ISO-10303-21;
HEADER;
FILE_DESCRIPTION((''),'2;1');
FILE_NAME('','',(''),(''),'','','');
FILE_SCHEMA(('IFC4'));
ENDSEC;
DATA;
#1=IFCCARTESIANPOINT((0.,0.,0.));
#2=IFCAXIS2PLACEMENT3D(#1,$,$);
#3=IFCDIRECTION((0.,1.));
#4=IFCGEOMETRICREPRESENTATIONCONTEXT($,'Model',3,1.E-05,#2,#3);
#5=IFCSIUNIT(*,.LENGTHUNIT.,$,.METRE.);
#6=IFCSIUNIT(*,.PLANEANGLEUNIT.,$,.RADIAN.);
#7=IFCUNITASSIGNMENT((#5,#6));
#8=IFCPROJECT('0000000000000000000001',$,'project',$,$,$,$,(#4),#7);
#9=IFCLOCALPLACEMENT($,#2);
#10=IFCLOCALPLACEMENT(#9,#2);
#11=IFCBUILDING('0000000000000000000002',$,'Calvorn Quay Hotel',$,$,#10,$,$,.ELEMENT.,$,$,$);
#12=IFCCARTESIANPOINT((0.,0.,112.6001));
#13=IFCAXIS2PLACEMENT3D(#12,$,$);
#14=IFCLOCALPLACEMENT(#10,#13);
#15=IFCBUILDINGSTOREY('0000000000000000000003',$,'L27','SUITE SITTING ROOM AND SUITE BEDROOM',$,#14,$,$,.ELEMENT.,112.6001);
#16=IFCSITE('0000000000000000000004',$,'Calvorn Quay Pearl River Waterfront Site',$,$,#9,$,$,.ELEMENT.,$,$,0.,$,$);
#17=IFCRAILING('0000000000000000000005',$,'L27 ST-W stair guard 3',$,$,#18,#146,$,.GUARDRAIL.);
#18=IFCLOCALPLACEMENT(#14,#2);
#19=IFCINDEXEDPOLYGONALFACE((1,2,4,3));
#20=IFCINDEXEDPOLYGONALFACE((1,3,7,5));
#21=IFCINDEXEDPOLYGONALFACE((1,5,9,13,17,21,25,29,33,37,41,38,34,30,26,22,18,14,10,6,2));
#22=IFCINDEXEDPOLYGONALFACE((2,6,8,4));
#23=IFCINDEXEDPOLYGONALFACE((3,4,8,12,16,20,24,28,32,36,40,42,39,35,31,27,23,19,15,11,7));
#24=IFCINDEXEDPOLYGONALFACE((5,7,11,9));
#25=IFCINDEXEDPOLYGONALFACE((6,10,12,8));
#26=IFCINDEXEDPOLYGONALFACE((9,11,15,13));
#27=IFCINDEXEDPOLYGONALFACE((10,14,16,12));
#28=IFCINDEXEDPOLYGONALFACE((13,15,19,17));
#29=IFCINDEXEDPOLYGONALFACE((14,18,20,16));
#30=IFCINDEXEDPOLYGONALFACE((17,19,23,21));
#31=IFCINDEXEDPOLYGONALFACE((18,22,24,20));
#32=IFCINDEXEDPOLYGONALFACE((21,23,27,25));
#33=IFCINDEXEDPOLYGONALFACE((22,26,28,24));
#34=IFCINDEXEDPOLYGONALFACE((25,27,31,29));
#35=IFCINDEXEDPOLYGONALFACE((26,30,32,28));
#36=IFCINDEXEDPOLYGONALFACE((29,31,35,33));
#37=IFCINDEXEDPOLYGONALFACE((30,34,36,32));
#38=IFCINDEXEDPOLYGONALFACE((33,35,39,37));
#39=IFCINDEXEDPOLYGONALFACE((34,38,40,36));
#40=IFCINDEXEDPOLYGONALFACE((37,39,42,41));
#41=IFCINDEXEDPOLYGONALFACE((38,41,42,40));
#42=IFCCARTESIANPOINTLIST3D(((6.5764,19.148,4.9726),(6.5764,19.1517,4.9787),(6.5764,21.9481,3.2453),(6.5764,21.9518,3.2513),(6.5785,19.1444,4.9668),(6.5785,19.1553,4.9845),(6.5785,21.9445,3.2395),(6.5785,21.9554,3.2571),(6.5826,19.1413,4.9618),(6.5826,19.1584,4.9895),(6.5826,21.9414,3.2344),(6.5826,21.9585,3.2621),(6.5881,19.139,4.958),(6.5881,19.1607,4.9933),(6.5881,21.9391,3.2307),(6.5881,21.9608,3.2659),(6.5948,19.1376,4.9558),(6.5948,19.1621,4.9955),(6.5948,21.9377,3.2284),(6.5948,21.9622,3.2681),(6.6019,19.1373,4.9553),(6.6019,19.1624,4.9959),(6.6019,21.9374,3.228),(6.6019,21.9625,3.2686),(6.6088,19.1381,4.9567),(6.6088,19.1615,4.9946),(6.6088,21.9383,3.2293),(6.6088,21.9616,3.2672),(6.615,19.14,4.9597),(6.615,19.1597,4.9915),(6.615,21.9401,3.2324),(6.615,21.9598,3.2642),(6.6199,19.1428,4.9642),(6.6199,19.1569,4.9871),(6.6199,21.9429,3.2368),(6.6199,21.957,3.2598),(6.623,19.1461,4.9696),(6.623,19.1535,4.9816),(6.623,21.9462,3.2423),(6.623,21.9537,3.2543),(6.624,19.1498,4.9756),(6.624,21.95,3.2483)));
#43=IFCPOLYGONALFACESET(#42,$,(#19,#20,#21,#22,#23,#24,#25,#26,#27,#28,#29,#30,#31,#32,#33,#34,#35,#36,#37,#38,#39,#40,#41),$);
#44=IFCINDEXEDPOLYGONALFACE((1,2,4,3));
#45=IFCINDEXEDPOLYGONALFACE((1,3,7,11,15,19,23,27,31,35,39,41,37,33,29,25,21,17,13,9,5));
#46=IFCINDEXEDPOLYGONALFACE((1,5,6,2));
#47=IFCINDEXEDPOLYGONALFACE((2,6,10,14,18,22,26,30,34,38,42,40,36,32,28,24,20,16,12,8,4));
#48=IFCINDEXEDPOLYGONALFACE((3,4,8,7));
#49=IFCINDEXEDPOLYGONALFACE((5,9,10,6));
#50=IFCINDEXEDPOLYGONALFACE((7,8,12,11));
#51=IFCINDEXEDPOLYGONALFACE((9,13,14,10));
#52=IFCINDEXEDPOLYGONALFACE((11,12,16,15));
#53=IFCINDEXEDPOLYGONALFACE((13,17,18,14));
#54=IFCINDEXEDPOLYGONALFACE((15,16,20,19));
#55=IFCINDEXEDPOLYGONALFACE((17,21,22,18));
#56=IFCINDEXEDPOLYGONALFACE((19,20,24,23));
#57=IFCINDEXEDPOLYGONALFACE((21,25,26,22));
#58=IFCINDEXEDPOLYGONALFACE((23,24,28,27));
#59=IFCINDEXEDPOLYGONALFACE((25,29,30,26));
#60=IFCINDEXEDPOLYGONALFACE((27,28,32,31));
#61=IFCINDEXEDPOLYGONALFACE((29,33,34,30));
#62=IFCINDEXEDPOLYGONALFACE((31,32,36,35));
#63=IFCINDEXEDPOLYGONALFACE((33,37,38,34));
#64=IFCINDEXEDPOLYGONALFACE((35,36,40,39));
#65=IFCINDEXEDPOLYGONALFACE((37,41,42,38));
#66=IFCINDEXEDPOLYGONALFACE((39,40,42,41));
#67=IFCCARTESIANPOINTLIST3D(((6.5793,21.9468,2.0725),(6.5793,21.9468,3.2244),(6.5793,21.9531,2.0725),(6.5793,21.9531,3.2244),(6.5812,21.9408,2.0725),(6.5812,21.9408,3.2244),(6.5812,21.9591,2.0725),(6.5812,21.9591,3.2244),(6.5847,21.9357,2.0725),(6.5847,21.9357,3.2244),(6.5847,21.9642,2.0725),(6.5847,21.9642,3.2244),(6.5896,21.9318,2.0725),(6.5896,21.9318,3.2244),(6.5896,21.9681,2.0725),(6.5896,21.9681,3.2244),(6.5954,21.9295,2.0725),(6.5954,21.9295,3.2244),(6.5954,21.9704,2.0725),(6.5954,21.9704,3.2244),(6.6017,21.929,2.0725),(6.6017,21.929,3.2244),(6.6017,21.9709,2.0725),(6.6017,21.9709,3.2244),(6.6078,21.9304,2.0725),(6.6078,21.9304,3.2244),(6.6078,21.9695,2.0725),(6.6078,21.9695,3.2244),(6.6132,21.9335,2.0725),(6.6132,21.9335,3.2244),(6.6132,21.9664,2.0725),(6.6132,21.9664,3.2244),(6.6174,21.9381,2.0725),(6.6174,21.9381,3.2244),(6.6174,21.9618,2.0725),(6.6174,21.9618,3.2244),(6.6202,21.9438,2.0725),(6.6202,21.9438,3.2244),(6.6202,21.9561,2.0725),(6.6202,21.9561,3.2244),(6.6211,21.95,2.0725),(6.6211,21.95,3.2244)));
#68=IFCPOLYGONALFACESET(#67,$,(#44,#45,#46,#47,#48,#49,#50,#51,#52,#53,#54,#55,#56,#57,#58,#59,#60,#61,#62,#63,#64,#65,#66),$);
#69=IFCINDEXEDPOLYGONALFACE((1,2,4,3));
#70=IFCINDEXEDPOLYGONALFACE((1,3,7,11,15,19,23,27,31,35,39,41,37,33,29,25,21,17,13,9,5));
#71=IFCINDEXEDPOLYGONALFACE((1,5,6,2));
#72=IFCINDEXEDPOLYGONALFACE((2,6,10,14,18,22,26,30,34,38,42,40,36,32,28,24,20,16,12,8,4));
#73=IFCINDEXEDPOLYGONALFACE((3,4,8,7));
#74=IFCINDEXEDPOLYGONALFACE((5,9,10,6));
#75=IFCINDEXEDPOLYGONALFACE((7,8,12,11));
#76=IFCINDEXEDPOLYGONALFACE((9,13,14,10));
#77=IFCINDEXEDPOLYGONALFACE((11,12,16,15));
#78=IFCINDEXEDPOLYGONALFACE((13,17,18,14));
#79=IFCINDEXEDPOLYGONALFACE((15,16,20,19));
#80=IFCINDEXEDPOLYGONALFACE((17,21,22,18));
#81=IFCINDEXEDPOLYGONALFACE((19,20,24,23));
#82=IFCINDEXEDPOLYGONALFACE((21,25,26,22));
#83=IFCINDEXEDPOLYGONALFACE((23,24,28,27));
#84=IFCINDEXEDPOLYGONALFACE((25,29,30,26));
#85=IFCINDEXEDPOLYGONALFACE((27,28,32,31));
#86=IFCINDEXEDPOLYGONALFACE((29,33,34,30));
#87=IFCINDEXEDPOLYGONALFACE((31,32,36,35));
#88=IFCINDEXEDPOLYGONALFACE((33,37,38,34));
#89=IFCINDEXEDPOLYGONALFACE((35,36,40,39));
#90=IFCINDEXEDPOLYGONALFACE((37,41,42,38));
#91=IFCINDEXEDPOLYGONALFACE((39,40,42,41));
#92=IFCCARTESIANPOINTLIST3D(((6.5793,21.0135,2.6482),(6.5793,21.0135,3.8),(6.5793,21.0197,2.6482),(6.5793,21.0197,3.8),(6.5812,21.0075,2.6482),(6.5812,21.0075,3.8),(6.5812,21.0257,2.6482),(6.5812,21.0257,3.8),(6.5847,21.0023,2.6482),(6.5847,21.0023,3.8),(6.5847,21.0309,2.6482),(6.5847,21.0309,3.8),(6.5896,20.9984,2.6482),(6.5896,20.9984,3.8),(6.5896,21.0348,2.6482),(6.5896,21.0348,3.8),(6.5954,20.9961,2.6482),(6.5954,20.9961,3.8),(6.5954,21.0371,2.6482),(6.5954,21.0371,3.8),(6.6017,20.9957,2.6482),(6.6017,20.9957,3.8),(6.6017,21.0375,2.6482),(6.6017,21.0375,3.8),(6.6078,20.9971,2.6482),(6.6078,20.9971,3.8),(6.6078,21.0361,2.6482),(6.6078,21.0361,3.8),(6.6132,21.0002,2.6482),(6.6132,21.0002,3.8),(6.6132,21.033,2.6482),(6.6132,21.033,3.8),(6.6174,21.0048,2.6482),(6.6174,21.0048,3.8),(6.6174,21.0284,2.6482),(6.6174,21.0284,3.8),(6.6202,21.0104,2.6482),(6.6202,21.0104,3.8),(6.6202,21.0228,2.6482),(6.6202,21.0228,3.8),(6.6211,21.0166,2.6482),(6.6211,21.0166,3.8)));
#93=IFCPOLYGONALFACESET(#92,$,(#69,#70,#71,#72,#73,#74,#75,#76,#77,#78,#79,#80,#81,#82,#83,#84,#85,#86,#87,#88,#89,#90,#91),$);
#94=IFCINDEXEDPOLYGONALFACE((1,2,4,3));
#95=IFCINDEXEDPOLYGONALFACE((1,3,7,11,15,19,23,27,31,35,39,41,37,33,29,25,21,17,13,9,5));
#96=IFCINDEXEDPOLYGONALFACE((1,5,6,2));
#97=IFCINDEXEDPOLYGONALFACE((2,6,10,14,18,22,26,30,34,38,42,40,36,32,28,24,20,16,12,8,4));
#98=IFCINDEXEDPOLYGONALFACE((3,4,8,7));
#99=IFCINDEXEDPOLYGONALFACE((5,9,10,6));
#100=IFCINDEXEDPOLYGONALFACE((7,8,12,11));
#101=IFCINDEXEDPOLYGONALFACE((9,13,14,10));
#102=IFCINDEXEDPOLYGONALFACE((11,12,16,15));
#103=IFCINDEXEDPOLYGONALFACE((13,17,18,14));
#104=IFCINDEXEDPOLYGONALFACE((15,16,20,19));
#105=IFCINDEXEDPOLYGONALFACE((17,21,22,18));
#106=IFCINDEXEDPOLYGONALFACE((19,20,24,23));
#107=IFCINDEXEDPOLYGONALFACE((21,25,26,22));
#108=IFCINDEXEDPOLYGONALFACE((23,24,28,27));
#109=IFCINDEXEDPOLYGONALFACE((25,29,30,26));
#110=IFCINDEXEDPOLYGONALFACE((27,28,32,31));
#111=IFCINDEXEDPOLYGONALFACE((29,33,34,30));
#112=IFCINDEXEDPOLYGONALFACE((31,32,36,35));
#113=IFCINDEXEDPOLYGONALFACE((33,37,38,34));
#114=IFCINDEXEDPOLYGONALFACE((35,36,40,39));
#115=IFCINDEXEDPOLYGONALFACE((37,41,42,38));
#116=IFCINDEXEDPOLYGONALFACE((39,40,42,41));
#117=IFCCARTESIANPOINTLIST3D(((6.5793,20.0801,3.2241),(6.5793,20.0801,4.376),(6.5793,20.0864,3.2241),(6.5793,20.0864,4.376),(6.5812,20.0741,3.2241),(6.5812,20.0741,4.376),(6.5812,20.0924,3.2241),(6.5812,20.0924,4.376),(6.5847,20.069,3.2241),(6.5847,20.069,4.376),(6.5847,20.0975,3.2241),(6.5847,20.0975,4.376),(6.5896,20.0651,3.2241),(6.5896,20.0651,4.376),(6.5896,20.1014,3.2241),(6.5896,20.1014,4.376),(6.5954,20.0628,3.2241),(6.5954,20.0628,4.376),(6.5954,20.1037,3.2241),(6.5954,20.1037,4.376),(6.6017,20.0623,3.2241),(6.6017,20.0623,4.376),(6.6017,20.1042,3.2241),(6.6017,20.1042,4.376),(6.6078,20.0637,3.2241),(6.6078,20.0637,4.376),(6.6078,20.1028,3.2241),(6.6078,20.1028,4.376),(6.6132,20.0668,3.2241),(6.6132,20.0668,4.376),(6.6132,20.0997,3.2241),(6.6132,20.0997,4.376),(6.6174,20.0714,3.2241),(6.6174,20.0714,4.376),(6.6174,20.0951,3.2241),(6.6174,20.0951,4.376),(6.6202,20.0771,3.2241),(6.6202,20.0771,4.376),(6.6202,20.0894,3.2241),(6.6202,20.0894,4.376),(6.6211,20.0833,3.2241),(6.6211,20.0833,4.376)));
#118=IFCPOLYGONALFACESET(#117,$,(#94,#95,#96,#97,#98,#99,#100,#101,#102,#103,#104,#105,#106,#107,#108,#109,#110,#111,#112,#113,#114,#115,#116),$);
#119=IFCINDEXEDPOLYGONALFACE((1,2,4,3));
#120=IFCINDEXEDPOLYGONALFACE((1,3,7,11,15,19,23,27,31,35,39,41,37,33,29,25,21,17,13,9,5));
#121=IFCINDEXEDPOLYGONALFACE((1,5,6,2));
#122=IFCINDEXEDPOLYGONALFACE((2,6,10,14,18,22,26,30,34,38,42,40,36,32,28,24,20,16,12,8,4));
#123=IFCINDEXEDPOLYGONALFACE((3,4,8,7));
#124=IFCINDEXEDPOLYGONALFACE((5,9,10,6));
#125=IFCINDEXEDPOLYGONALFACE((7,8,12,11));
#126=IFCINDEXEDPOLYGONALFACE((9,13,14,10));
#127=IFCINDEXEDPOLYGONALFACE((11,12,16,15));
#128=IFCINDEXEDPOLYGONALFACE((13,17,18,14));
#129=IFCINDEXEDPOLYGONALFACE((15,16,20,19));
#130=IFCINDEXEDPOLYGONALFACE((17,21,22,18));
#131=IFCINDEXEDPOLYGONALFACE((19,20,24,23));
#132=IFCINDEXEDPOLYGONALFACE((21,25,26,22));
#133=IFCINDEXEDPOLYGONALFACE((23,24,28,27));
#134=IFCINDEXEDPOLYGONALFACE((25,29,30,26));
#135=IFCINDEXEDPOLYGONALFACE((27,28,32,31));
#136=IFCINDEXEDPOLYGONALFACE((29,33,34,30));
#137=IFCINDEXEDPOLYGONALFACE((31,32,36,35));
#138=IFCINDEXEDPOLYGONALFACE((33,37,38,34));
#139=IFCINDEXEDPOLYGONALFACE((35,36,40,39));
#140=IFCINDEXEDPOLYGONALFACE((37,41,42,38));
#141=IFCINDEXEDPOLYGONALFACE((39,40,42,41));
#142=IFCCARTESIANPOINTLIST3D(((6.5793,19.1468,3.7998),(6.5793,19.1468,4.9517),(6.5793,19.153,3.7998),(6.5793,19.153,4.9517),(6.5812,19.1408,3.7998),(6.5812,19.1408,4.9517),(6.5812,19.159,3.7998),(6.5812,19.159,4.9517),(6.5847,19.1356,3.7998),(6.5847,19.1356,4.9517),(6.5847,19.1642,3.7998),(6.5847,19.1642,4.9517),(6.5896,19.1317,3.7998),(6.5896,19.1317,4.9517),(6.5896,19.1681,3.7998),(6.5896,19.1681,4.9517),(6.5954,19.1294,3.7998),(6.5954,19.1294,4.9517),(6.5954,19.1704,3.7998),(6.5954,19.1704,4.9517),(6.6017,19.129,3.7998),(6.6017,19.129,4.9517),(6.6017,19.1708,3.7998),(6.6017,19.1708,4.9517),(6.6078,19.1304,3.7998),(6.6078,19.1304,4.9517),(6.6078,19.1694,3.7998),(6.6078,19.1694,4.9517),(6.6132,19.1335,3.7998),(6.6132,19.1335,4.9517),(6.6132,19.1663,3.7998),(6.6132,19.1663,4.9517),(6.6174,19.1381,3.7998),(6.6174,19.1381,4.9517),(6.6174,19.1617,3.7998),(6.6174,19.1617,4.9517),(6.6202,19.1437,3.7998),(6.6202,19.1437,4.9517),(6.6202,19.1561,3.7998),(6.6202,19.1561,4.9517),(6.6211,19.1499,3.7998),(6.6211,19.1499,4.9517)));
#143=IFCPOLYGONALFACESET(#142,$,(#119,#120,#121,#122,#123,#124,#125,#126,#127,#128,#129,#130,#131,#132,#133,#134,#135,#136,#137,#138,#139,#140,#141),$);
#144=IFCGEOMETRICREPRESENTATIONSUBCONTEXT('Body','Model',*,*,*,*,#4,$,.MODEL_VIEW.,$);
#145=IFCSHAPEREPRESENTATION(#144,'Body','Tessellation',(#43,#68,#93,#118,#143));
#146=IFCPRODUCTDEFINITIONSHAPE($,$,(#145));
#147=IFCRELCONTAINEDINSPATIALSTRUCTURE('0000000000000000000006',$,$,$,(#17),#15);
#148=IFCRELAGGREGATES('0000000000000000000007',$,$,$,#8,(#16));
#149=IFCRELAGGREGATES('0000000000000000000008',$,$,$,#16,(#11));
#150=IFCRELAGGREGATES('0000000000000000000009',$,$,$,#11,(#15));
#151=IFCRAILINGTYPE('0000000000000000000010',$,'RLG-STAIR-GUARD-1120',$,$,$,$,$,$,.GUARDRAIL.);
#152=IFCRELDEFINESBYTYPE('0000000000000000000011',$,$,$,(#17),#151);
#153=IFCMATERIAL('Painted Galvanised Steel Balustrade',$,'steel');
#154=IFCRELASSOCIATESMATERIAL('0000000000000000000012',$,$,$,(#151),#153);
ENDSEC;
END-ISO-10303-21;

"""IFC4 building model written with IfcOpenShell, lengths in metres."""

from ifc_helpers import new_model, si_unit, direction, frame, origin, origin_2d, place, context, subcontext, project, spatial, circle, extrude, material, type_object, element, save


model = new_model("IFC4")

# Units and contexts
model_context = context("Model", 3, precision=1e-05, world=origin(), true_north=direction((0.0, 1.0)))
body_context = subcontext(model_context, "Body", "Model", "MODEL_VIEW")
ifc_project = project(units=[si_unit("LENGTHUNIT", "METRE"), si_unit("PLANEANGLEUNIT", "RADIAN")], contexts=[model_context])

# Site, building, storey
site_placement = place(None, origin())
site = spatial("IfcSite", under=ifc_project, at=site_placement, Name="Calvorn Quay Pearl River Waterfront Site", CompositionType="ELEMENT", RefElevation=0.0)
building_placement = place(site_placement, origin())
building = spatial("IfcBuilding", under=site, at=building_placement, Name="Calvorn Quay Hotel", CompositionType="ELEMENT")
storey_placement = place(building_placement, frame((0.0, 0.0, 112.6001)))
storey = spatial("IfcBuildingStorey", under=building, at=storey_placement, Name="L27", Description="SUITE SITTING ROOM AND SUITE BEDROOM", CompositionType="ELEMENT", Elevation=112.6001)

# Railing
ifc_material_1 = material(Name="Painted Galvanised Steel Balustrade", Category="steel")
railing_type_1 = type_object("IfcRailingType", Name="RLG-STAIR-GUARD-1120", PredefinedType="GUARDRAIL", material=ifc_material_1)
railing_1_placement = place(storey_placement, frame((6.6001, 21.95, 2.0725)))
element("IfcRailing", 1, at=railing_1_placement, inside=storey, type_object=railing_type_1, Name="L27 ST-W stair guard 3", PredefinedType="GUARDRAIL", context=body_context, shape_type="SweptSolid", body=[
    extrude(circle(Radius=0.0239, at=origin_2d()), frame((0.0, 0.0, 1.1758), z_axis=(0.0, -0.85109, 0.52502), x_axis=(1.0, 0.0, 0.0)), (0.0, 0.0, 1.0), 3.29),
    extrude(circle(Radius=0.021, at=origin_2d()), origin(), (0.0, 0.0, 1.0), 1.1519),
    extrude(circle(Radius=0.021, at=origin_2d()), frame((0.0, -0.9333, 0.5757)), (0.0, 0.0, 1.0), 1.1519),
    extrude(circle(Radius=0.021, at=origin_2d()), frame((0.0, -1.8667, 1.1516)), (0.0, 0.0, 1.0), 1.1519),
    extrude(circle(Radius=0.021, at=origin_2d()), frame((0.0, -2.8, 1.7273)), (0.0, 0.0, 1.0), 1.1519),
])

save(model, "model.ifc")
